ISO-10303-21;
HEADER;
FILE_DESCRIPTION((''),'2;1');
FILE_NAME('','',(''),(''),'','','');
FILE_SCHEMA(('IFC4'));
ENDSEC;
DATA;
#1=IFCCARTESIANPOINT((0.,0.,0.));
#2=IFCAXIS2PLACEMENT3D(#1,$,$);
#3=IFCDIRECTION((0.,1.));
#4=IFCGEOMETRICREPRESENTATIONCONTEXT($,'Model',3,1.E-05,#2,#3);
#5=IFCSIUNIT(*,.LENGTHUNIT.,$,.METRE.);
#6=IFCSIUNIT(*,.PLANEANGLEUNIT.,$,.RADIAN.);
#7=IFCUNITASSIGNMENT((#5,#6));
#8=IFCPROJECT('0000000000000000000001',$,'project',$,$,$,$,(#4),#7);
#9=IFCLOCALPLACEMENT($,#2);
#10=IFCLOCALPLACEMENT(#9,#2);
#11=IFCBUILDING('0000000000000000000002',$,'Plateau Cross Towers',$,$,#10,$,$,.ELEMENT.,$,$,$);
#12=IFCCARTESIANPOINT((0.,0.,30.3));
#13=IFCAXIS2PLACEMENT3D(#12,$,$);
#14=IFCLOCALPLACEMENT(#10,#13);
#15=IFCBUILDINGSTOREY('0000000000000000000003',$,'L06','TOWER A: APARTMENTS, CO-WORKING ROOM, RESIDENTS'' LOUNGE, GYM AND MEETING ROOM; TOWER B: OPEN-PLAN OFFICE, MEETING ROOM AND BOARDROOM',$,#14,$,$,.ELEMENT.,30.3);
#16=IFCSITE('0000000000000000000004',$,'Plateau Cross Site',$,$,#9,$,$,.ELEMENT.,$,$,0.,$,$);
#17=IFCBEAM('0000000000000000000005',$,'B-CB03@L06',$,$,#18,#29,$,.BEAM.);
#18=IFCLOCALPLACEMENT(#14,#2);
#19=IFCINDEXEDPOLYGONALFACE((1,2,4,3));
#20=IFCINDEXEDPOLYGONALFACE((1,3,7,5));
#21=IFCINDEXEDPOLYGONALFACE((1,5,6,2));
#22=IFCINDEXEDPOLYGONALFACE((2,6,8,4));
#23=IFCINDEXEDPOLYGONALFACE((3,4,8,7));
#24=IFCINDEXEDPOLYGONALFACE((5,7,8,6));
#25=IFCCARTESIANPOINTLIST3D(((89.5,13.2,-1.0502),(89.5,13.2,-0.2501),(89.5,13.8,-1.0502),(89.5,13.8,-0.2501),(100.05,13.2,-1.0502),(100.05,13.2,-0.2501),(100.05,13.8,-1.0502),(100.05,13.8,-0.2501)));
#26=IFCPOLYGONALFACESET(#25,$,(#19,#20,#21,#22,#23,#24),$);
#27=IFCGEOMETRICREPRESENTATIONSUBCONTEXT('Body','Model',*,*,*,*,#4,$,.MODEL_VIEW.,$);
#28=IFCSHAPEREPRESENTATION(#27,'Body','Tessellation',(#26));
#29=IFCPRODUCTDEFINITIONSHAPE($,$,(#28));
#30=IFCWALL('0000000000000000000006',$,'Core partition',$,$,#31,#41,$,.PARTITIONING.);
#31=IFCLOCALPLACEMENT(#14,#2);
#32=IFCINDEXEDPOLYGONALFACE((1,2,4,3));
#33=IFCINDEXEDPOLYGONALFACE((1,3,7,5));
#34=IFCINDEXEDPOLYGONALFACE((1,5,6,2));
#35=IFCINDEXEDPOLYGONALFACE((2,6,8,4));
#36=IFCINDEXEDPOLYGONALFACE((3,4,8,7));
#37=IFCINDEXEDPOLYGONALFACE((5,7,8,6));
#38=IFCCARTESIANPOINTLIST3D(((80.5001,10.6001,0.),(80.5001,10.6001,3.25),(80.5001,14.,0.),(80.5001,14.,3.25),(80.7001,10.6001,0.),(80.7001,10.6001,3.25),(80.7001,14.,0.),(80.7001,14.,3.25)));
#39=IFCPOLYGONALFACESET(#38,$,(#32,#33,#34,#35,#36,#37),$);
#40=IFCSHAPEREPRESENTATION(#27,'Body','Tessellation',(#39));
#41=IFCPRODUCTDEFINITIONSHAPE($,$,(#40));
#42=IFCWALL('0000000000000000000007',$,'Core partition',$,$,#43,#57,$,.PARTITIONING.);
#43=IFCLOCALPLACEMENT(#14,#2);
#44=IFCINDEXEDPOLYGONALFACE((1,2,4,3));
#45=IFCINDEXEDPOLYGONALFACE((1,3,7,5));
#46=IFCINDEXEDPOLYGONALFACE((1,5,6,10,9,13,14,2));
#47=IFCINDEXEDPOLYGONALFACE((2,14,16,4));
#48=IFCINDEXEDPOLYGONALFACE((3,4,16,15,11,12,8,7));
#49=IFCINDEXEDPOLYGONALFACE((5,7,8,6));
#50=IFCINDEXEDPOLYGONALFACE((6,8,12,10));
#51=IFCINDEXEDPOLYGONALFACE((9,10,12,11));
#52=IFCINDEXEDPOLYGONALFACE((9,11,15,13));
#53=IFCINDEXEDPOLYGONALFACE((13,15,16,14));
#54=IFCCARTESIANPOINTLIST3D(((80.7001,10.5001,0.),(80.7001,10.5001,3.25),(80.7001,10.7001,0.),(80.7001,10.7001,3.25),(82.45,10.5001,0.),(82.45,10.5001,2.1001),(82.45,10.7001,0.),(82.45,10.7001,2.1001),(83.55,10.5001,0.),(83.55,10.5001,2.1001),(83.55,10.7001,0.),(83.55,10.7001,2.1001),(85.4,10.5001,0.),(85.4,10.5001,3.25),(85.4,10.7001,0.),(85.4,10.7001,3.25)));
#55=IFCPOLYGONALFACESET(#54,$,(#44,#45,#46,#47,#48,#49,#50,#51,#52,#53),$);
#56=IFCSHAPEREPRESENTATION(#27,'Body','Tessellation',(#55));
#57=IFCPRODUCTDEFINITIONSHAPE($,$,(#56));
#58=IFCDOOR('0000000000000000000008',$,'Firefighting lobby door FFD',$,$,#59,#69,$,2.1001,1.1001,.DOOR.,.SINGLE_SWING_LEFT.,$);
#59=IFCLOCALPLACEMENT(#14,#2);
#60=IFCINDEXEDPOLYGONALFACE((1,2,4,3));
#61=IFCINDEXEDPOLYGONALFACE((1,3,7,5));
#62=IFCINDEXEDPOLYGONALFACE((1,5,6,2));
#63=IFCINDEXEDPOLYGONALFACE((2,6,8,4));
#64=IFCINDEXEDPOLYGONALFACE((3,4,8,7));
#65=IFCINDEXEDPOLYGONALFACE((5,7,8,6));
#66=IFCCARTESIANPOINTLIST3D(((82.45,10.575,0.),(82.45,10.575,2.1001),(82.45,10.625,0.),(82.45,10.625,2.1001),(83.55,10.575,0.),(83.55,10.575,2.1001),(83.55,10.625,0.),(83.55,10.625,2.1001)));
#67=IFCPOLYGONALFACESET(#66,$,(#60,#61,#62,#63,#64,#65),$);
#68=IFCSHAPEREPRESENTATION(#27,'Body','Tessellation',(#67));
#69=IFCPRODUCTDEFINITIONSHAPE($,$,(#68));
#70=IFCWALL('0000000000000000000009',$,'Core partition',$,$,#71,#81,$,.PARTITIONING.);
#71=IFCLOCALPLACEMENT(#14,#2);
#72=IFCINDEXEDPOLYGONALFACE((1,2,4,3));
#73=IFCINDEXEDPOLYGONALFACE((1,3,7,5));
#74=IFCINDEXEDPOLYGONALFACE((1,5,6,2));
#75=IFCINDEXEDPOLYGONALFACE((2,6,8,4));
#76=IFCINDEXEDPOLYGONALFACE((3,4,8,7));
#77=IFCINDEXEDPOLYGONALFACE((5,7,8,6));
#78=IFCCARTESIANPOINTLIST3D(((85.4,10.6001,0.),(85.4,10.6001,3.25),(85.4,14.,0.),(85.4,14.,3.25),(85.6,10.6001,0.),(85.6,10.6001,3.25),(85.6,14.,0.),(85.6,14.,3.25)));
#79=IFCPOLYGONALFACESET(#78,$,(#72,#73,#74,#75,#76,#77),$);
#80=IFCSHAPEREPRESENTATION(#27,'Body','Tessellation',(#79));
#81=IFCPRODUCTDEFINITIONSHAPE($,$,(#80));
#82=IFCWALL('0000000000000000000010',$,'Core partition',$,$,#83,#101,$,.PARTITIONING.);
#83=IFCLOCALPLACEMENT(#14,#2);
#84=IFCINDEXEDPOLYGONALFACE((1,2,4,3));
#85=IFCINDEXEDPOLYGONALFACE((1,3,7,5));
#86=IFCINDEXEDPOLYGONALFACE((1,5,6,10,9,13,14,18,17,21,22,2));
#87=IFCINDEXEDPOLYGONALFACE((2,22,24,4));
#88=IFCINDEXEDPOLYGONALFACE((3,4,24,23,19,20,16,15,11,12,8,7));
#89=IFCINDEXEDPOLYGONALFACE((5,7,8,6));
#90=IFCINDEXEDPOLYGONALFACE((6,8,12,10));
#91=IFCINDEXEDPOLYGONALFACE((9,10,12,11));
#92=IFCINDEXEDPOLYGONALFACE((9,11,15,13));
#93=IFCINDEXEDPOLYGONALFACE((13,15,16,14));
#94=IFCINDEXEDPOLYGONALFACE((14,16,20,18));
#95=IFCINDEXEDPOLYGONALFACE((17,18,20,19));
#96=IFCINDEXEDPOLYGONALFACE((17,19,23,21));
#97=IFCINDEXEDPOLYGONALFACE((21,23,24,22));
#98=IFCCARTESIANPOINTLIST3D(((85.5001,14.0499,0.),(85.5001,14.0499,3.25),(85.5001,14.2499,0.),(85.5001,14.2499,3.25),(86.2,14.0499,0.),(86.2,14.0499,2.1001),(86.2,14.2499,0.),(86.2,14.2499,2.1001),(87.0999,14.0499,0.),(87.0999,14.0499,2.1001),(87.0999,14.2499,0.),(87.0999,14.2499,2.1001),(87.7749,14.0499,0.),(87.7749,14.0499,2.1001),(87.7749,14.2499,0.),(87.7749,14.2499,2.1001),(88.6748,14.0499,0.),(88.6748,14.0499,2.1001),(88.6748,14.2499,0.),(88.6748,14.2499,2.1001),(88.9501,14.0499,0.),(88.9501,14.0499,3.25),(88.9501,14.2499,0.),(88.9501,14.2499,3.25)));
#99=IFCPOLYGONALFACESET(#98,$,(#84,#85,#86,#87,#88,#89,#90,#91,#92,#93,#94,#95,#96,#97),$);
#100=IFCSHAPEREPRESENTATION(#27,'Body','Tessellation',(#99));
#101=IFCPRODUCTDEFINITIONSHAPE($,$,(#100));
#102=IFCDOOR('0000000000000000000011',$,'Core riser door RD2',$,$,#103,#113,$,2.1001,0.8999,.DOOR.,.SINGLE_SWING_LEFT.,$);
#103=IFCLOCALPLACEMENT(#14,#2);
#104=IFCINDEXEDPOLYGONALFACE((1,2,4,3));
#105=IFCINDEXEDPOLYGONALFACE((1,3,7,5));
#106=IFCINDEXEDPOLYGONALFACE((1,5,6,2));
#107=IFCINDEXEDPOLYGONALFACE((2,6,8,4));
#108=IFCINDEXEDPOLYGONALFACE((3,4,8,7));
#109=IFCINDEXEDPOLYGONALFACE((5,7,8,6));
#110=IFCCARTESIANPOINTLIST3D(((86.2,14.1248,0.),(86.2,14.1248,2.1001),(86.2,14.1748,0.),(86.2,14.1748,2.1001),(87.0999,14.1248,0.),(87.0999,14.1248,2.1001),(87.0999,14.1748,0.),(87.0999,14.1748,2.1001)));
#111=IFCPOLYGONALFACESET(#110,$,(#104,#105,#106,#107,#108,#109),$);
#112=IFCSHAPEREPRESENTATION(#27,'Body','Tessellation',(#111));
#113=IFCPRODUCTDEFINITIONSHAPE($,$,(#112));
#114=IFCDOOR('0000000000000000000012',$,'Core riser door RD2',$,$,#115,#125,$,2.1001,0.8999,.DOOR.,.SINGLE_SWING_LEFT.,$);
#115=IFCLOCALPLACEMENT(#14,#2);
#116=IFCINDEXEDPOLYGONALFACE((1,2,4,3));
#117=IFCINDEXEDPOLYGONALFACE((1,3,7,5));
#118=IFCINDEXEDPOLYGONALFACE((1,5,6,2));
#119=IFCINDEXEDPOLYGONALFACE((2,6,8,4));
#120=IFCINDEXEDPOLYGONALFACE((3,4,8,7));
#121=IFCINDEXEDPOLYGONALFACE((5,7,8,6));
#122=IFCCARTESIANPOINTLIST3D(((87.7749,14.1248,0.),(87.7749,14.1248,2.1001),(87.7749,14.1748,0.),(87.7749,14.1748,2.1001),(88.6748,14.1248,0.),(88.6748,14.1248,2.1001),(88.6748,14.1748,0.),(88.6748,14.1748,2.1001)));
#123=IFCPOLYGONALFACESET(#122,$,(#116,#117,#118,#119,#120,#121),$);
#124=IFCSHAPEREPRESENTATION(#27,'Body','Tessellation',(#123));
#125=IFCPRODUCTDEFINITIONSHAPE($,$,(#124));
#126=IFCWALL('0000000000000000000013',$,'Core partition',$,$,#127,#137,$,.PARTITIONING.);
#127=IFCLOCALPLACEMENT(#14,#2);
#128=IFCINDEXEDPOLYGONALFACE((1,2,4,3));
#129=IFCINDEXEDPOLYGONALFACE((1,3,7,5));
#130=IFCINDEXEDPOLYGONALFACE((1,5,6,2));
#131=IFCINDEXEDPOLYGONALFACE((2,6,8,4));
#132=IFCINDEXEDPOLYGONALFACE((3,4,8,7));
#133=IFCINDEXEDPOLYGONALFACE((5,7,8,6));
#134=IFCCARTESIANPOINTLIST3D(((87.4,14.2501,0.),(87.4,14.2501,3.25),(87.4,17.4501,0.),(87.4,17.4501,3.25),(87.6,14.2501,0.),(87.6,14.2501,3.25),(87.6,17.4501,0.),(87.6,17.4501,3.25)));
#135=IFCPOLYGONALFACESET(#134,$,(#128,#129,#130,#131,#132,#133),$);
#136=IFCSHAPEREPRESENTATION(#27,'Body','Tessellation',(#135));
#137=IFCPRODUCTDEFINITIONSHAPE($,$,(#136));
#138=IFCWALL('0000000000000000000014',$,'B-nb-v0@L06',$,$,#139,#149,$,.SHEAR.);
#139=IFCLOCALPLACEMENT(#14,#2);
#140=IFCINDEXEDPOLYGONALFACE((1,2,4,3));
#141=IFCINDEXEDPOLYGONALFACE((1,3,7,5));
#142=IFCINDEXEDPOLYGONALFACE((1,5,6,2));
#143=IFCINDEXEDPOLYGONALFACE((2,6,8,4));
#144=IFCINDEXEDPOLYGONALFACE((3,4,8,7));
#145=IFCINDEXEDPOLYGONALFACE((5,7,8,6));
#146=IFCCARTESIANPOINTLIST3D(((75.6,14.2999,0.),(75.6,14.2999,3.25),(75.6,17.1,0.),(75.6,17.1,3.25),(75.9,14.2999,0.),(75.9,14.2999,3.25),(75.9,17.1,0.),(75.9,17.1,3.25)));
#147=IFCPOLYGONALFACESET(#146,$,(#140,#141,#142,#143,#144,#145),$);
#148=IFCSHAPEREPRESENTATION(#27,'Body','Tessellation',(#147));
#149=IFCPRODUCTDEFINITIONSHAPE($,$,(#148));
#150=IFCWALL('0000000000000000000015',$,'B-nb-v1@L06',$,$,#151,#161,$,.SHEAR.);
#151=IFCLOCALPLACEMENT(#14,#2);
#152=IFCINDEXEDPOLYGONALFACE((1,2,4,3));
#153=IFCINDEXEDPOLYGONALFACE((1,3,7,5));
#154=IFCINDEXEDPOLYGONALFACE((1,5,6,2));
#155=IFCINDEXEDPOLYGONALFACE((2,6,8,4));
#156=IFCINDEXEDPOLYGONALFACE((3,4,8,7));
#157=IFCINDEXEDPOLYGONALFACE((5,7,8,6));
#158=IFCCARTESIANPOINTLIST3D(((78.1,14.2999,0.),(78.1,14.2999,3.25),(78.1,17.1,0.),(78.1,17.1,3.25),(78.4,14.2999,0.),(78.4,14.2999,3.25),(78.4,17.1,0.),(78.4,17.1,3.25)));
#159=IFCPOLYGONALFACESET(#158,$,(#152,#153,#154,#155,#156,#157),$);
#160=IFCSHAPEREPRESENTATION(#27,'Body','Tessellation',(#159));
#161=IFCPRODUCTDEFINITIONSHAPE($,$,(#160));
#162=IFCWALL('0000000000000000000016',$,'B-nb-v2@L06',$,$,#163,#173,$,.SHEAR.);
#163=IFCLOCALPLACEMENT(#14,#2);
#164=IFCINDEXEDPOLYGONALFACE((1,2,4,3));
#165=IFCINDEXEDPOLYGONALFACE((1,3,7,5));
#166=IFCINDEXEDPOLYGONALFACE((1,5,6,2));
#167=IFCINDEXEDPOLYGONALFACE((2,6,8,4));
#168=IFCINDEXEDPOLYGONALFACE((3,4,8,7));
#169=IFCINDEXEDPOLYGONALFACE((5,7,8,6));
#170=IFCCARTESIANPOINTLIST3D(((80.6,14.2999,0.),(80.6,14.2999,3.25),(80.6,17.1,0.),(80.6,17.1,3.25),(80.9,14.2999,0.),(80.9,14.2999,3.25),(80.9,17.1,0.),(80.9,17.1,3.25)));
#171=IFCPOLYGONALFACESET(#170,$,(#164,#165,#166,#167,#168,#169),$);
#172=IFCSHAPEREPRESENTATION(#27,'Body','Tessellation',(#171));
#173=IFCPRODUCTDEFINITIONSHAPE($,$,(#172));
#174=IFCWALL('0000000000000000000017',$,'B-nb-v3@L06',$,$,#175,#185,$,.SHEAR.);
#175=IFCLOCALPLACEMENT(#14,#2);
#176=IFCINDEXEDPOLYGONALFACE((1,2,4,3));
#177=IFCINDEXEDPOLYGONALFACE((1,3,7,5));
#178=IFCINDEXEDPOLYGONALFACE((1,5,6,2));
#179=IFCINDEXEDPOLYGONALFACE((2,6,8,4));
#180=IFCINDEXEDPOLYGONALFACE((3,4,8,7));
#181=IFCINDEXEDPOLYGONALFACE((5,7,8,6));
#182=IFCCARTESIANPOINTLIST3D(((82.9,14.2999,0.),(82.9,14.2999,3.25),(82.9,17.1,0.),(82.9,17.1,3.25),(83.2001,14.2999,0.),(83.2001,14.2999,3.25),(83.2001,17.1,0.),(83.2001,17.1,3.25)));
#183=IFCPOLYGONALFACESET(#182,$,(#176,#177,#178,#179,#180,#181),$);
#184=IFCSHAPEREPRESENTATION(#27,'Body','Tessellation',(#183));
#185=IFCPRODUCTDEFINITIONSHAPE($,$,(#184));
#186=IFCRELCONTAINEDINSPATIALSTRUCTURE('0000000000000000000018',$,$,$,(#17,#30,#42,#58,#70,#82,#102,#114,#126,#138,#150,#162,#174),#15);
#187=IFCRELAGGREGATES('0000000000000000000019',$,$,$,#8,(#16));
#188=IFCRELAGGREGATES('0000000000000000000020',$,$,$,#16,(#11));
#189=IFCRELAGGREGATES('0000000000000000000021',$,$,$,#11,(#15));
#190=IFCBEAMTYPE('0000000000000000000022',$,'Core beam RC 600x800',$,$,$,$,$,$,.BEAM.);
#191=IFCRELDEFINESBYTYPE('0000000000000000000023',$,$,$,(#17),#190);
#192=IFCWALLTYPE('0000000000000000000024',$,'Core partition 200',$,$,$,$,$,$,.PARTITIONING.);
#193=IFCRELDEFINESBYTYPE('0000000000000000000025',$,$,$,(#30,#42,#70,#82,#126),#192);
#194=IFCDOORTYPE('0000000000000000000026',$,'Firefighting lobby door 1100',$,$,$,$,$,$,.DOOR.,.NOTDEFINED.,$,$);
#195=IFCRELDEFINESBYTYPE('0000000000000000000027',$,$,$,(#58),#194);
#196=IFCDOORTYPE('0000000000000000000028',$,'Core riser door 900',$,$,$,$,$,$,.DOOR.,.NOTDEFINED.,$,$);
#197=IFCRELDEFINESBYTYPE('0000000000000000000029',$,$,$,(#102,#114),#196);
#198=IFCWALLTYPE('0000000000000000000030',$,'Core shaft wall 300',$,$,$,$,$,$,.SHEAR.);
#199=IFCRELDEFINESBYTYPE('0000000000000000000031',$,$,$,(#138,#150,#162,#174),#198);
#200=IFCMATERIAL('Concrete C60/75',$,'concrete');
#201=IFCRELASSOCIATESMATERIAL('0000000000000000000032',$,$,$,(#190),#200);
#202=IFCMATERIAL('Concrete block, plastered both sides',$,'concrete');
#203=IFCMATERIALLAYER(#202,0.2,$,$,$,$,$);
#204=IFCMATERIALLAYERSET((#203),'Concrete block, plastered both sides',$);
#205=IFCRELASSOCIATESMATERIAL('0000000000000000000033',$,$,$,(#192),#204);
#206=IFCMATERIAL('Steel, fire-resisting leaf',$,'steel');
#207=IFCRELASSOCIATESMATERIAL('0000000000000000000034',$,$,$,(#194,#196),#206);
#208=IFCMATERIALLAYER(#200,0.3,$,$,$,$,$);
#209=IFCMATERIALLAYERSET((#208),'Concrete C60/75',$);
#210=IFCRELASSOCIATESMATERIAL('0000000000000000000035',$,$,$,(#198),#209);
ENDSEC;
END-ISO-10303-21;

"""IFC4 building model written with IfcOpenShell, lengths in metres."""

from ifc_helpers import new_model, si_unit, direction, frame, frame_2d, origin, origin_2d, place, context, subcontext, project, spatial, rectangle, extrude, material, layer, layer_set, material_profile, profile_set, type_object, element, fill, save


model = new_model("IFC4")

# Units and contexts
model_context = context("Model", 3, precision=1e-05, world=origin(), true_north=direction((0.0, 1.0)))
body_context = subcontext(model_context, "Body", "Model", "MODEL_VIEW")
ifc_project = project(units=[si_unit("LENGTHUNIT", "METRE"), si_unit("PLANEANGLEUNIT", "RADIAN")], contexts=[model_context])

# Site, building, storey
site_placement = place(None, origin())
site = spatial("IfcSite", under=ifc_project, at=site_placement, Name="Plateau Cross Site", CompositionType="ELEMENT", RefElevation=0.0)
building_placement = place(site_placement, origin())
building = spatial("IfcBuilding", under=site, at=building_placement, Name="Plateau Cross Towers", CompositionType="ELEMENT")
storey_placement = place(building_placement, frame((0.0, 0.0, 30.3)))
storey = spatial("IfcBuildingStorey", under=building, at=storey_placement, Name="L06", Description="TOWER A: APARTMENTS, CO-WORKING ROOM, RESIDENTS' LOUNGE, GYM AND MEETING ROOM; TOWER B: OPEN-PLAN OFFICE, MEETING ROOM AND BOARDROOM", CompositionType="ELEMENT", Elevation=30.3)

# Beam
ifc_material_1 = material(Name="Concrete C60/75", Category="concrete")
ifc_material_profile = material_profile(ifc_material_1, rectangle(XDim=0.6001, YDim=0.8, at=origin_2d()), Name="RC 600x800")
ifc_profile_set = profile_set([ifc_material_profile], Name="Concrete C60/75")
beam_type = type_object("IfcBeamType", Name="Core beam RC 600x800", PredefinedType="BEAM", material=ifc_profile_set)
beam_placement = place(storey_placement, frame((89.5, 13.5, -0.6501), z_axis=(1.0, 0.0, 0.0), x_axis=(0.0, 1.0, 0.0)))
element("IfcBeam", 1, at=beam_placement, inside=storey, type_object=beam_type, Name="B-CB03@L06", PredefinedType="BEAM", context=body_context, shape_type="SweptSolid", body=[
    extrude(rectangle(XDim=0.6001, YDim=0.8, at=origin_2d()), origin(), (0.0, 0.0, 1.0), 10.55),
])

# Wall
ifc_material_2 = material(Name="Concrete block, plastered both sides", Category="concrete")
ifc_layer_1 = layer(ifc_material_2, 0.2)
ifc_layer_set_1 = layer_set([ifc_layer_1], Name="Concrete block, plastered both sides")
wall_type_1 = type_object("IfcWallType", Name="Core partition 200", PredefinedType="PARTITIONING", material=ifc_layer_set_1)
wall_1_placement = place(storey_placement, frame((80.6001, 10.6001, 0.0), z_axis=(0.0, 0.0, 1.0), x_axis=(0.0, 1.0, 0.0)))
element("IfcWall", 2, at=wall_1_placement, inside=storey, type_object=wall_type_1, Name="Core partition", PredefinedType="PARTITIONING", context=body_context, shape_type="SweptSolid", body=[
    extrude(rectangle(XDim=3.3999, YDim=0.2, at=frame_2d((1.7, 0.0))), origin(), (0.0, 0.0, 1.0), 3.25),
])

# Wall, opening, door
wall_2_placement = place(storey_placement, frame((80.7, 10.6001, 0.0), z_axis=(0.0, 0.0, 1.0), x_axis=(1.0, 0.0, 0.0)))
wall_2 = element("IfcWall", 3, at=wall_2_placement, inside=storey, type_object=wall_type_1, Name="Core partition", PredefinedType="PARTITIONING", context=body_context, shape_type="SweptSolid", body=[
    extrude(rectangle(XDim=4.7, YDim=0.2, at=frame_2d((2.3501, 0.0))), origin(), (0.0, 0.0, 1.0), 3.25),
])
opening_1_placement = place(wall_2_placement, frame((1.75, 0.0, 0.0)))
opening_1 = element("IfcOpeningElement", 4, at=opening_1_placement, cuts=wall_2, PredefinedType="OPENING", context=body_context, shape_type="SweptSolid", body=[
    extrude(rectangle(XDim=1.1001, YDim=2.1001, at=frame_2d((0.55, 1.05))), frame((0.0, 0.1099, 0.0), z_axis=(0.0, -1.0, 0.0), x_axis=(1.0, 0.0, 0.0)), (0.0, 0.0, 1.0), 0.22),
])
ifc_material_3 = material(Name="Steel, fire-resisting leaf", Category="steel")
door_type_1 = type_object("IfcDoorType", Name="Firefighting lobby door 1100", OperationType="NOTDEFINED", PredefinedType="DOOR", material=ifc_material_3)
door_1_placement = place(opening_1_placement, origin())
door_1 = element("IfcDoor", 5, at=door_1_placement, inside=storey, type_object=door_type_1, Name="Firefighting lobby door FFD", OperationType="SINGLE_SWING_LEFT", OverallHeight=2.1001, OverallWidth=1.1001, PredefinedType="DOOR", context=body_context, shape_type="SweptSolid", body=[
    extrude(rectangle(XDim=1.1001, YDim=2.1001, at=frame_2d((0.55, 1.05))), frame((0.0, 0.0249, 0.0), z_axis=(0.0, -1.0, 0.0), x_axis=(1.0, 0.0, 0.0)), (0.0, 0.0, 1.0), 0.05),
])
fill(opening_1, door_1)

# Wall
wall_3_placement = place(storey_placement, frame((85.5, 10.6001, 0.0), z_axis=(0.0, 0.0, 1.0), x_axis=(0.0, 1.0, 0.0)))
element("IfcWall", 6, at=wall_3_placement, inside=storey, type_object=wall_type_1, Name="Core partition", PredefinedType="PARTITIONING", context=body_context, shape_type="SweptSolid", body=[
    extrude(rectangle(XDim=3.3999, YDim=0.2, at=frame_2d((1.7, 0.0))), origin(), (0.0, 0.0, 1.0), 3.25),
])

# Wall, openings, doors
wall_4_placement = place(storey_placement, frame((85.5, 14.1499, 0.0), z_axis=(0.0, 0.0, 1.0), x_axis=(1.0, 0.0, 0.0)))
wall_4 = element("IfcWall", 7, at=wall_4_placement, inside=storey, type_object=wall_type_1, Name="Core partition", PredefinedType="PARTITIONING", context=body_context, shape_type="SweptSolid", body=[
    extrude(rectangle(XDim=3.45, YDim=0.2, at=frame_2d((1.7251, 0.0))), origin(), (0.0, 0.0, 1.0), 3.25),
])
opening_2_placement = place(wall_4_placement, frame((0.7, 0.0, 0.0)))
opening_2 = element("IfcOpeningElement", 8, at=opening_2_placement, cuts=wall_4, PredefinedType="OPENING", context=body_context, shape_type="SweptSolid", body=[
    extrude(rectangle(XDim=0.8999, YDim=2.1001, at=frame_2d((0.45, 1.05))), frame((0.0, 0.1099, 0.0), z_axis=(0.0, -1.0, 0.0), x_axis=(1.0, 0.0, 0.0)), (0.0, 0.0, 1.0), 0.22),
])
opening_3_placement = place(wall_4_placement, frame((2.2749, 0.0, 0.0)))
opening_3 = element("IfcOpeningElement", 9, at=opening_3_placement, cuts=wall_4, PredefinedType="OPENING", context=body_context, shape_type="SweptSolid", body=[
    extrude(rectangle(XDim=0.8999, YDim=2.1001, at=frame_2d((0.45, 1.05))), frame((0.0, 0.1099, 0.0), z_axis=(0.0, -1.0, 0.0), x_axis=(1.0, 0.0, 0.0)), (0.0, 0.0, 1.0), 0.22),
])
door_type_2 = type_object("IfcDoorType", Name="Core riser door 900", OperationType="NOTDEFINED", PredefinedType="DOOR", material=ifc_material_3)
door_2_placement = place(opening_2_placement, origin())
door_2 = element("IfcDoor", 10, at=door_2_placement, inside=storey, type_object=door_type_2, Name="Core riser door RD2", OperationType="SINGLE_SWING_LEFT", OverallHeight=2.1001, OverallWidth=0.8999, PredefinedType="DOOR", context=body_context, shape_type="SweptSolid", body=[
    extrude(rectangle(XDim=0.8999, YDim=2.1001, at=frame_2d((0.45, 1.05))), frame((0.0, 0.0249, 0.0), z_axis=(0.0, -1.0, 0.0), x_axis=(1.0, 0.0, 0.0)), (0.0, 0.0, 1.0), 0.05),
])
fill(opening_2, door_2)
door_3_placement = place(opening_3_placement, origin())
door_3 = element("IfcDoor", 11, at=door_3_placement, inside=storey, type_object=door_type_2, Name="Core riser door RD2", OperationType="SINGLE_SWING_LEFT", OverallHeight=2.1001, OverallWidth=0.8999, PredefinedType="DOOR", context=body_context, shape_type="SweptSolid", body=[
    extrude(rectangle(XDim=0.8999, YDim=2.1001, at=frame_2d((0.45, 1.05))), frame((0.0, 0.0249, 0.0), z_axis=(0.0, -1.0, 0.0), x_axis=(1.0, 0.0, 0.0)), (0.0, 0.0, 1.0), 0.05),
])
fill(opening_3, door_3)

# Walls
wall_5_placement = place(storey_placement, frame((87.5, 14.25, 0.0), z_axis=(0.0, 0.0, 1.0), x_axis=(0.0, 1.0, 0.0)))
element("IfcWall", 12, at=wall_5_placement, inside=storey, type_object=wall_type_1, Name="Core partition", PredefinedType="PARTITIONING", context=body_context, shape_type="SweptSolid", body=[
    extrude(rectangle(XDim=3.2, YDim=0.2, at=frame_2d((1.6001, 0.0))), origin(), (0.0, 0.0, 1.0), 3.25),
])
ifc_layer_2 = layer(ifc_material_1, 0.3)
ifc_layer_set_2 = layer_set([ifc_layer_2], Name="Concrete C60/75")
wall_type_2 = type_object("IfcWallType", Name="Core shaft wall 300", PredefinedType="SHEAR", material=ifc_layer_set_2)
for number, where, z_axis, x_axis, name in (
    (13, (75.75, 14.3, 0.0), (0.0, 0.0, 1.0), (0.0, 1.0, 0.0), "B-nb-v0@L06"),
    (14, (78.25, 14.3, 0.0), (0.0, 0.0, 1.0), (0.0, 1.0, 0.0), "B-nb-v1@L06"),
    (15, (80.75, 14.3, 0.0), (0.0, 0.0, 1.0), (0.0, 1.0, 0.0), "B-nb-v2@L06"),
    (16, (83.05, 14.3, 0.0), (0.0, 0.0, 1.0), (0.0, 1.0, 0.0), "B-nb-v3@L06"),
):
    element("IfcWall", number, at=place(storey_placement, frame(where, z_axis=z_axis, x_axis=x_axis)), inside=storey, type_object=wall_type_2, Name=name, PredefinedType="SHEAR", context=body_context, shape_type="SweptSolid", body=[
        extrude(rectangle(XDim=2.8, YDim=0.3, at=frame_2d((1.3999, 0.0))), origin(), (0.0, 0.0, 1.0), 3.25),
    ])

save(model, "model.ifc")
